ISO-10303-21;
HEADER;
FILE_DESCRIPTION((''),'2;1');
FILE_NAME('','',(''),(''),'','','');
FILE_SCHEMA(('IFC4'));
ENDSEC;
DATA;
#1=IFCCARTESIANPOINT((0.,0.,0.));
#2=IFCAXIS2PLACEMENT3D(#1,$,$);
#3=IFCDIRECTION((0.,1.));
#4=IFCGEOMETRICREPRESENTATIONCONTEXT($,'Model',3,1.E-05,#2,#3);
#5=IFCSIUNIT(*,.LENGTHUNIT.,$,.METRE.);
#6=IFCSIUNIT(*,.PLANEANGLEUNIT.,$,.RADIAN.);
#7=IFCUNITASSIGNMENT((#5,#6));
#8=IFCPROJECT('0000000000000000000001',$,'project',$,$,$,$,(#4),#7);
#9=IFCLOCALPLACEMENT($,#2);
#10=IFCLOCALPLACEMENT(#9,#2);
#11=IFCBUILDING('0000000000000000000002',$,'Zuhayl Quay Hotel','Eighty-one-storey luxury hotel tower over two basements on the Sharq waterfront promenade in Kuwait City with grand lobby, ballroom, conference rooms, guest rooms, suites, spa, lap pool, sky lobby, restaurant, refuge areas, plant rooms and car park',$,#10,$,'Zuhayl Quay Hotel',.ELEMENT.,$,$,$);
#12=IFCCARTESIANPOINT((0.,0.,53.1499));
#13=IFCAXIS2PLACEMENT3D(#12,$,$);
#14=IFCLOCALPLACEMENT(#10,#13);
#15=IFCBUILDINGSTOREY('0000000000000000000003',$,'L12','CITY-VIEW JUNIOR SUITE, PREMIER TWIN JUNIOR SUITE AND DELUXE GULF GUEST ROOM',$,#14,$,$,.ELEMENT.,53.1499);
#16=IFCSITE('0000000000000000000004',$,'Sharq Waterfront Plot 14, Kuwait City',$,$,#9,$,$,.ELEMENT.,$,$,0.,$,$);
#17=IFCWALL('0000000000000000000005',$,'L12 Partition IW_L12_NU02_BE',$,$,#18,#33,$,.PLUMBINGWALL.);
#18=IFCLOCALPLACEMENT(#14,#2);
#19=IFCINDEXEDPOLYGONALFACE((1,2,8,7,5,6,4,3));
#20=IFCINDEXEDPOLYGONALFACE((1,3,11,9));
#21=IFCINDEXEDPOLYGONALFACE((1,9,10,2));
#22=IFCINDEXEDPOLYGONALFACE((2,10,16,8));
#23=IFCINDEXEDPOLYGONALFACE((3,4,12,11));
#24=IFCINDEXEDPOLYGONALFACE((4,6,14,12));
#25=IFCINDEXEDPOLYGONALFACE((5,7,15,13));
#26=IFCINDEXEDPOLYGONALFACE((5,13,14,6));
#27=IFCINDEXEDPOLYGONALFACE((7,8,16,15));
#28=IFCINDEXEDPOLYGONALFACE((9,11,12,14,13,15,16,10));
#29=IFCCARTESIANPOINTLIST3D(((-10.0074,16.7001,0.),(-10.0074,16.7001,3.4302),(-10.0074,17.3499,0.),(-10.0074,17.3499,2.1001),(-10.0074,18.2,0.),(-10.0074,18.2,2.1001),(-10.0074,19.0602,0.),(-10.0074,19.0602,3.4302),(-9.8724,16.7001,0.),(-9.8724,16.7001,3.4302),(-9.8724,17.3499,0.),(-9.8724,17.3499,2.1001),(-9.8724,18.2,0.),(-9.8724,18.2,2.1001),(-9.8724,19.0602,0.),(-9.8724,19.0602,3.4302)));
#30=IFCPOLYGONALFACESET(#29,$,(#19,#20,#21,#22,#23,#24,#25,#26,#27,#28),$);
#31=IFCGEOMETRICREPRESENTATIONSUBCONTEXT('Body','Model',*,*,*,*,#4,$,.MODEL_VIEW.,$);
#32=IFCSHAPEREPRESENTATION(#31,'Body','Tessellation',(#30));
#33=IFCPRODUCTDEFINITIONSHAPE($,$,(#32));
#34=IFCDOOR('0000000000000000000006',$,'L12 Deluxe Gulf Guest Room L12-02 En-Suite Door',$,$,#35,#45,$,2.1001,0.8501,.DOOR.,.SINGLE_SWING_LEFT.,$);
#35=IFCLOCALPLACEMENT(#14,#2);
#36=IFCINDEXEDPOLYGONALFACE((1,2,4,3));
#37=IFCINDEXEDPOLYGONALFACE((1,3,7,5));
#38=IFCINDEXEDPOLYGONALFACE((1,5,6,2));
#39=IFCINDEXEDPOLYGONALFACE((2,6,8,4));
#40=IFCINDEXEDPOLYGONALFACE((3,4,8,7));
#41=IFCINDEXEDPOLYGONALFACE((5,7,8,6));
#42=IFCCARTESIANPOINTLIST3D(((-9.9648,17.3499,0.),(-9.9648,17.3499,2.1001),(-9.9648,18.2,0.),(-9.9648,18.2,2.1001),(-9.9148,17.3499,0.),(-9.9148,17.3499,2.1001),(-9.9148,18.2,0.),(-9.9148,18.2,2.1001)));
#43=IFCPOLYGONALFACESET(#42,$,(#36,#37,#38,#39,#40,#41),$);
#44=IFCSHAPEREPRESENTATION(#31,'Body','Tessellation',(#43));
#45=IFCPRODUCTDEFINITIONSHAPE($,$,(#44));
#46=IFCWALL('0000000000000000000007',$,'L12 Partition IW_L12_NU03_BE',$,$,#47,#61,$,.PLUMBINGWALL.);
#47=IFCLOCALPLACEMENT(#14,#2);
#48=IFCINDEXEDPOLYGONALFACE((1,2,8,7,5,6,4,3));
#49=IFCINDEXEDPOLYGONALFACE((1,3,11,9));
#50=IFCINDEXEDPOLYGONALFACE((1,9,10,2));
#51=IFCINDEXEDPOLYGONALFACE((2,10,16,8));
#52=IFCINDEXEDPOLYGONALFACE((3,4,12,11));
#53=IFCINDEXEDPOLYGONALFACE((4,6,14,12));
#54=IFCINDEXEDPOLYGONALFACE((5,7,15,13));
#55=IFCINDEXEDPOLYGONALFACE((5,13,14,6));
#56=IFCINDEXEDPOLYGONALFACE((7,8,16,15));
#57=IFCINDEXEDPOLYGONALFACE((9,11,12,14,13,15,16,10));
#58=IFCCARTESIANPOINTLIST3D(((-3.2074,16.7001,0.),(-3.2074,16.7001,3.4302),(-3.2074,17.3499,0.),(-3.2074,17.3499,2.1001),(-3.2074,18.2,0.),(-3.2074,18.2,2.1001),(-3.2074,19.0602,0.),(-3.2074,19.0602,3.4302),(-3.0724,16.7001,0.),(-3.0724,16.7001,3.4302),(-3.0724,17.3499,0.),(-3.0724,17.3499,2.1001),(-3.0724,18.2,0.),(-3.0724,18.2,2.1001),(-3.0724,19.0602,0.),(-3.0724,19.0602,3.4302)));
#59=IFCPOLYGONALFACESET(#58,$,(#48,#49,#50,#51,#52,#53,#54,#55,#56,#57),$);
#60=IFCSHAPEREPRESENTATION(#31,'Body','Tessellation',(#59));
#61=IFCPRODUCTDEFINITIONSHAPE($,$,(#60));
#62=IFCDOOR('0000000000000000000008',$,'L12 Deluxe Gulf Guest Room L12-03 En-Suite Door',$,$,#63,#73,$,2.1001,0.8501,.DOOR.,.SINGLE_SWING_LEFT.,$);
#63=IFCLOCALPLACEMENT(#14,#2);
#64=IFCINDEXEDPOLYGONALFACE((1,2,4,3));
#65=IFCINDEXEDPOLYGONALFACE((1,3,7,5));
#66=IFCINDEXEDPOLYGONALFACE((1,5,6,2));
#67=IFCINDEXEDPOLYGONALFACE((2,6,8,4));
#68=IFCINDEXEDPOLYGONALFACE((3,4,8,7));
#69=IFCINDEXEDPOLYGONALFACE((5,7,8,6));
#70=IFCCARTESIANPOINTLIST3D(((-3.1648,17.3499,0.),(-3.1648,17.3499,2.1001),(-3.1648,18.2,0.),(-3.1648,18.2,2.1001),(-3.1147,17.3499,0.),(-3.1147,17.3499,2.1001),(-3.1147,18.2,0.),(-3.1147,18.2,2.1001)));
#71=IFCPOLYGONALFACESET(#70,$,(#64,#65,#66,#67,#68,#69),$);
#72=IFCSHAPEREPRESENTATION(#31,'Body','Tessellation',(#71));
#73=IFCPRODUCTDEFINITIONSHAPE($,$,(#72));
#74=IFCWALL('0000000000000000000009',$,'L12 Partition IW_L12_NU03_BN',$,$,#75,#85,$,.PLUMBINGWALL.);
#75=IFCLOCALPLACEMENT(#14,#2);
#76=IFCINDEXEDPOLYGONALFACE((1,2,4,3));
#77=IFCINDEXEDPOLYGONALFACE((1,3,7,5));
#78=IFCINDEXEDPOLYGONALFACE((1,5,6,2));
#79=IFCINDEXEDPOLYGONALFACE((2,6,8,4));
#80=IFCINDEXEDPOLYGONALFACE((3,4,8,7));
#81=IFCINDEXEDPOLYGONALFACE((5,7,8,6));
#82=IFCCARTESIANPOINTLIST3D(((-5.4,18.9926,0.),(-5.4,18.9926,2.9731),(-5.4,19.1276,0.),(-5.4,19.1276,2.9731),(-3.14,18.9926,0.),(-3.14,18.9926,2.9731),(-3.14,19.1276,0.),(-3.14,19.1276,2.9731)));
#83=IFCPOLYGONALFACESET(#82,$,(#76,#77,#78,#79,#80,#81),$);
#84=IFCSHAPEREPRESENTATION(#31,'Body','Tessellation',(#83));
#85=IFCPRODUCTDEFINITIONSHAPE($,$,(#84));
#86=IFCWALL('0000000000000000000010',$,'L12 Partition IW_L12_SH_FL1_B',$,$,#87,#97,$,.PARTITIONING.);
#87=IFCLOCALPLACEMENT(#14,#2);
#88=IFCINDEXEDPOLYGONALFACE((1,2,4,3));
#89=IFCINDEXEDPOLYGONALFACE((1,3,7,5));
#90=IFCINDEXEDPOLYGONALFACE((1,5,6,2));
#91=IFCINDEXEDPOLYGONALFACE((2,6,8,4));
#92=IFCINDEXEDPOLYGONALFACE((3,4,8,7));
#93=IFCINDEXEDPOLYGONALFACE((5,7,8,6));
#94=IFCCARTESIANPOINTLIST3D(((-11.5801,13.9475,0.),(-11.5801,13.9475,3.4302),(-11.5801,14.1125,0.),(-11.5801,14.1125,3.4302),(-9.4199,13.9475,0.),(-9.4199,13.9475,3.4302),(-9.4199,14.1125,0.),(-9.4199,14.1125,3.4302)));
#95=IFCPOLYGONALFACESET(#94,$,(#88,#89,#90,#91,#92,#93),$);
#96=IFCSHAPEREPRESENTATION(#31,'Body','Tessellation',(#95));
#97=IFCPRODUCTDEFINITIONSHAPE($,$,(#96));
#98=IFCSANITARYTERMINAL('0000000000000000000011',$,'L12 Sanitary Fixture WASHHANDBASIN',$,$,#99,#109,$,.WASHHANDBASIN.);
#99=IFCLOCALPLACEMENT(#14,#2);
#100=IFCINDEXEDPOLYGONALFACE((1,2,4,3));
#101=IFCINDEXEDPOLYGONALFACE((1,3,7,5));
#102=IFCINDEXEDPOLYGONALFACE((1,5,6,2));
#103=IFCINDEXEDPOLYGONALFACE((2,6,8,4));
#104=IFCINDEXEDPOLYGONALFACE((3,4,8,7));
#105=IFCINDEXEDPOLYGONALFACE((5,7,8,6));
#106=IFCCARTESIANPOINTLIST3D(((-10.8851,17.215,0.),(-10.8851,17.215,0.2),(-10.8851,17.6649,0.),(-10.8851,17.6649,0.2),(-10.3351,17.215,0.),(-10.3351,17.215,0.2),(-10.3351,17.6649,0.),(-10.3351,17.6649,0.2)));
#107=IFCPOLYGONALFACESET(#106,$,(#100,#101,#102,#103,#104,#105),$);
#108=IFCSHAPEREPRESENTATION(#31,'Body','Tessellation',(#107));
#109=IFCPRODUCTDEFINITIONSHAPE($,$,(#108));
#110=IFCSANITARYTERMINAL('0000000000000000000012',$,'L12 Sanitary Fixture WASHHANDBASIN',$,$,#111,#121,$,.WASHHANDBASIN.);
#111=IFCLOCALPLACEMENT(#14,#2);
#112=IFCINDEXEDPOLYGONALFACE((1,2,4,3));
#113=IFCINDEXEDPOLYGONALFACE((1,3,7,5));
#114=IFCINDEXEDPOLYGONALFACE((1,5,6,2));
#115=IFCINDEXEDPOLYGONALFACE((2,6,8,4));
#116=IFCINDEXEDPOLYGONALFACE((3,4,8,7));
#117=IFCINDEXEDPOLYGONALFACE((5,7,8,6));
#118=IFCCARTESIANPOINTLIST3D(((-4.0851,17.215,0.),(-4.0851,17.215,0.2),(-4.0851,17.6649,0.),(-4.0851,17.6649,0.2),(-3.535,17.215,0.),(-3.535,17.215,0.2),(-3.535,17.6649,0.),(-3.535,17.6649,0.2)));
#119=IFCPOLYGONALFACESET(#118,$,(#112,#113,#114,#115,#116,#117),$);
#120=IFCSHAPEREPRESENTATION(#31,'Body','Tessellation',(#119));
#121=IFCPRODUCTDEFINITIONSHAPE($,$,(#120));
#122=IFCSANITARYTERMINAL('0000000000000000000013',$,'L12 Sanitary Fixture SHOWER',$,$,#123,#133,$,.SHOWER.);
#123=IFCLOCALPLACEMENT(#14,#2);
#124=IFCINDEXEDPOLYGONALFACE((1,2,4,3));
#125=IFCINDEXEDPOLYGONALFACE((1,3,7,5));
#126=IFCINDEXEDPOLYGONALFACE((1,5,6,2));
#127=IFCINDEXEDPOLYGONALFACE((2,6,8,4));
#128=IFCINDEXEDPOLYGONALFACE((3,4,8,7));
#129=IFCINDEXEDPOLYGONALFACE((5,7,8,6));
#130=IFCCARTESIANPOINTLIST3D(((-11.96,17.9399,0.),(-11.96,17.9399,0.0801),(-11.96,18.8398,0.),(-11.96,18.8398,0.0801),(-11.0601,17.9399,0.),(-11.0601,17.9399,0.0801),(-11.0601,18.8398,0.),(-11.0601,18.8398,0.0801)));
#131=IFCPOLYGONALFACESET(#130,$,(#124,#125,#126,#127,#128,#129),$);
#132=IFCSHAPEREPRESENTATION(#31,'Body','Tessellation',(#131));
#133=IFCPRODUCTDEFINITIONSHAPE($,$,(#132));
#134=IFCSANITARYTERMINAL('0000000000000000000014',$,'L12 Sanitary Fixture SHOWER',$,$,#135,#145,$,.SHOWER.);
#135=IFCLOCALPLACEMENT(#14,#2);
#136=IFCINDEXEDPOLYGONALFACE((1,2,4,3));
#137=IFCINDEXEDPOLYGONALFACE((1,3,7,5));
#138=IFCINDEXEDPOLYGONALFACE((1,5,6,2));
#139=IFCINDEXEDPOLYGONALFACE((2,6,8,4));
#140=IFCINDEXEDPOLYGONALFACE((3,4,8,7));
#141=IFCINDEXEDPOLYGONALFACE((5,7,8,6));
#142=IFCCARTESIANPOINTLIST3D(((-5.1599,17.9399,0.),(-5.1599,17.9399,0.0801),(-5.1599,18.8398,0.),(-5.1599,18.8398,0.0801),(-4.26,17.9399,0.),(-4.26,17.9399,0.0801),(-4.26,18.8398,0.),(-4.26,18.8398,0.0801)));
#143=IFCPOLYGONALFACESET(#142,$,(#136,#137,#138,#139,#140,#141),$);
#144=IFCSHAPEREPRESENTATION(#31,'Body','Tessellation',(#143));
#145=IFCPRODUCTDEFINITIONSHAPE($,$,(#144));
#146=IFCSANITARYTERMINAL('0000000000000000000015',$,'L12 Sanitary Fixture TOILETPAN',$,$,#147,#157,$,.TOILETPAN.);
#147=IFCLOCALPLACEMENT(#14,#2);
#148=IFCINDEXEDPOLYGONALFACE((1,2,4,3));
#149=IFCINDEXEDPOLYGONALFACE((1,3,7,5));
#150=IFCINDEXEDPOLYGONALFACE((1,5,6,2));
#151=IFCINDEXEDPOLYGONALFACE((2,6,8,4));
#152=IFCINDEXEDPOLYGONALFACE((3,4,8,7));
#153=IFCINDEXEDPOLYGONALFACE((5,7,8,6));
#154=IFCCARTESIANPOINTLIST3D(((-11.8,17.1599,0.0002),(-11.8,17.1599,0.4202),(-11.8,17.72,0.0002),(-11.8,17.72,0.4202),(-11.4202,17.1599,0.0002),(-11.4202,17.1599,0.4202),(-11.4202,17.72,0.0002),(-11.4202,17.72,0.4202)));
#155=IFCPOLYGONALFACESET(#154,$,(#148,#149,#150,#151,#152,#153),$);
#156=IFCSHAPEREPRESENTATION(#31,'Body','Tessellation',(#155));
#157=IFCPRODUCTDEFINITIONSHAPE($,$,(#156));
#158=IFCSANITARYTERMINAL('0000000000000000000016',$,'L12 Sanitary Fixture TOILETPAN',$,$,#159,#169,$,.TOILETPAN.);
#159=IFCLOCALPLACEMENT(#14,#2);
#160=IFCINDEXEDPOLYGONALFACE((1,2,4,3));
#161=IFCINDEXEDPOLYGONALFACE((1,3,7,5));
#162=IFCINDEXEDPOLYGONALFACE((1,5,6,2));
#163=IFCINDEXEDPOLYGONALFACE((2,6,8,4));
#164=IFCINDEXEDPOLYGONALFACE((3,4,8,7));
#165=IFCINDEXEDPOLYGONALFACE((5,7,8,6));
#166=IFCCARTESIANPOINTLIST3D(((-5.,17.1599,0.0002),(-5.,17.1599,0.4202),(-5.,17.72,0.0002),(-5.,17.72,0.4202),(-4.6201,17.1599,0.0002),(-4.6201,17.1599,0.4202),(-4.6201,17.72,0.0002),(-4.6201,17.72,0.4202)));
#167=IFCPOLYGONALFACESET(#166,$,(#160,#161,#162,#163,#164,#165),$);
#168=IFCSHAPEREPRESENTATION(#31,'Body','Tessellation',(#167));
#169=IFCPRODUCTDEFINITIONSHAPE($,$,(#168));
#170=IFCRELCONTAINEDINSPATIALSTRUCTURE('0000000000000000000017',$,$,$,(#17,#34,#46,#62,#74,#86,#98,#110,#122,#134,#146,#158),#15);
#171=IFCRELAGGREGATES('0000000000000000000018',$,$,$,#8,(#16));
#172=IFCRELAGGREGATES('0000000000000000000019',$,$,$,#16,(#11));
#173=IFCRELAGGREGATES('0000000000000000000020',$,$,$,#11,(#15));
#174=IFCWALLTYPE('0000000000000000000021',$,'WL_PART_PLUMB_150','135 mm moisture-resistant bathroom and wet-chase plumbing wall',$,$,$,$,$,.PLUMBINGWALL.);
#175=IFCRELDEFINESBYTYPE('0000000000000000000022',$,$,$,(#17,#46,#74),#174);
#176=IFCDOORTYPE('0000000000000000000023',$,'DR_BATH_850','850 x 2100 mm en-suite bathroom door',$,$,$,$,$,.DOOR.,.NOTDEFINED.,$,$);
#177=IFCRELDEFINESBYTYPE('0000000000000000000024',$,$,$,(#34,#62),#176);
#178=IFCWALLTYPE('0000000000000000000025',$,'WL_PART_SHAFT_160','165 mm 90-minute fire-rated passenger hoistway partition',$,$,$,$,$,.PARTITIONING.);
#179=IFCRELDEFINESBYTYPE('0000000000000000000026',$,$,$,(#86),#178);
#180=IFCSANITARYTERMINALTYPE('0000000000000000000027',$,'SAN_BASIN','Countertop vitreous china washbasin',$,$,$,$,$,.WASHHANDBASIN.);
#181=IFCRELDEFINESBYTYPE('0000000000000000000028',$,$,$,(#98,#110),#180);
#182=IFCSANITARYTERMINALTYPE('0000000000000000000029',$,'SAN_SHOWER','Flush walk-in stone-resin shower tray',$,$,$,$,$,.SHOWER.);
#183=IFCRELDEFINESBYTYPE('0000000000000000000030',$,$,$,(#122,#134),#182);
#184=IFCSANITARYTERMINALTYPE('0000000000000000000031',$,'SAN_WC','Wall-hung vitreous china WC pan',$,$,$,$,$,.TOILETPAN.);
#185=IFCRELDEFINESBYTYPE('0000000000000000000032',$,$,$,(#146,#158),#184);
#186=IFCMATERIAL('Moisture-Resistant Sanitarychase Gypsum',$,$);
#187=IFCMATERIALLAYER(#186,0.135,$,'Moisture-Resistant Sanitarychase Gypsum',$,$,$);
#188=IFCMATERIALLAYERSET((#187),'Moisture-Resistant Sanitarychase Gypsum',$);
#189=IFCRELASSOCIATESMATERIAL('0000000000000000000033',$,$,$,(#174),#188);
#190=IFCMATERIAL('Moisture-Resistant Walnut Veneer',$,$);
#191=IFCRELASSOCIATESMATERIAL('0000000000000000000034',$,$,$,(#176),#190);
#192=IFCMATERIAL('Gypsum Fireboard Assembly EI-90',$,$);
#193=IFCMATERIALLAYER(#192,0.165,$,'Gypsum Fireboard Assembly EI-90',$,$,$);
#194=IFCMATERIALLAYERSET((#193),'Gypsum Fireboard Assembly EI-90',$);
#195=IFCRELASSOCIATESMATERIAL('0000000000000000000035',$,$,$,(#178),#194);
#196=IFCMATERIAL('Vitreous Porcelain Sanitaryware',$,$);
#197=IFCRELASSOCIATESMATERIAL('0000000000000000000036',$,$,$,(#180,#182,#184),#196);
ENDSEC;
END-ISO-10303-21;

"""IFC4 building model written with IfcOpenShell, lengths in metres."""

from ifc_helpers import new_model, si_unit, direction, frame, frame_2d, origin, origin_2d, place, context, subcontext, project, spatial, rectangle, extrude, material, layer, layer_set, type_object, element, fill, save


model = new_model("IFC4")

# Units and contexts
model_context = context("Model", 3, precision=1e-05, world=origin(), true_north=direction((0.0, 1.0)))
body_context = subcontext(model_context, "Body", "Model", "MODEL_VIEW")
ifc_project = project(units=[si_unit("LENGTHUNIT", "METRE"), si_unit("PLANEANGLEUNIT", "RADIAN")], contexts=[model_context])

# Site, building, storey
site_placement = place(None, origin())
site = spatial("IfcSite", under=ifc_project, at=site_placement, Name="Sharq Waterfront Plot 14, Kuwait City", CompositionType="ELEMENT", RefElevation=0.0)
building_placement = place(site_placement, origin())
building = spatial("IfcBuilding", under=site, at=building_placement, Name="Zuhayl Quay Hotel", Description="Eighty-one-storey luxury hotel tower over two basements on the Sharq waterfront promenade in Kuwait City with grand lobby, ballroom, conference rooms, guest rooms, suites, spa, lap pool, sky lobby, restaurant, refuge areas, plant rooms and car park", LongName="Zuhayl Quay Hotel", CompositionType="ELEMENT")
storey_placement = place(building_placement, frame((0.0, 0.0, 53.1499)))
storey = spatial("IfcBuildingStorey", under=building, at=storey_placement, Name="L12", Description="CITY-VIEW JUNIOR SUITE, PREMIER TWIN JUNIOR SUITE AND DELUXE GULF GUEST ROOM", CompositionType="ELEMENT", Elevation=53.1499)

# Walls, openings, doors
ifc_material_1 = material(Name="Moisture-Resistant Sanitarychase Gypsum")
ifc_layer_1 = layer(ifc_material_1, 0.135, Name="Moisture-Resistant Sanitarychase Gypsum")
ifc_layer_set_1 = layer_set([ifc_layer_1], Name="Moisture-Resistant Sanitarychase Gypsum")
wall_type_1 = type_object("IfcWallType", Name="WL_PART_PLUMB_150", Description="135 mm moisture-resistant bathroom and wet-chase plumbing wall", PredefinedType="PLUMBINGWALL", material=ifc_layer_set_1)
wall_1_placement = place(storey_placement, frame((-9.9399, 16.7, 0.0), z_axis=(0.0, 0.0, 1.0), x_axis=(0.0, 1.0, 0.0)))
wall_1 = element("IfcWall", 1, at=wall_1_placement, inside=storey, type_object=wall_type_1, Name="L12 Partition IW_L12_NU02_BE", PredefinedType="PLUMBINGWALL", context=body_context, shape_type="SweptSolid", body=[
    extrude(rectangle(XDim=2.3601, YDim=0.135, at=frame_2d((1.1802, 0.0))), origin(), (0.0, 0.0, 1.0), 3.4302),
])
opening_1_placement = place(wall_1_placement, frame((0.6499, 0.0, 0.0)))
opening_1 = element("IfcOpeningElement", 2, at=opening_1_placement, cuts=wall_1, PredefinedType="OPENING", context=body_context, shape_type="SweptSolid", body=[
    extrude(rectangle(XDim=0.8501, YDim=2.1001, at=frame_2d((0.425, 1.05))), frame((0.0, 0.0774, 0.0), z_axis=(0.0, -1.0, 0.0), x_axis=(1.0, 0.0, 0.0)), (0.0, 0.0, 1.0), 0.155),
])
ifc_material_2 = material(Name="Moisture-Resistant Walnut Veneer")
door_type_1 = type_object("IfcDoorType", Name="DR_BATH_850", Description="850 x 2100 mm en-suite bathroom door", OperationType="NOTDEFINED", PredefinedType="DOOR", material=ifc_material_2)
door_1_placement = place(opening_1_placement, origin())
door_1 = element("IfcDoor", 3, at=door_1_placement, inside=storey, type_object=door_type_1, Name="L12 Deluxe Gulf Guest Room L12-02 En-Suite Door", OperationType="SINGLE_SWING_LEFT", OverallHeight=2.1001, OverallWidth=0.8501, PredefinedType="DOOR", context=body_context, shape_type="SweptSolid", body=[
    extrude(rectangle(XDim=0.8501, YDim=2.1001, at=frame_2d((0.425, 1.05))), frame((0.0, 0.0249, 0.0), z_axis=(0.0, -1.0, 0.0), x_axis=(1.0, 0.0, 0.0)), (0.0, 0.0, 1.0), 0.05),
])
fill(opening_1, door_1)
wall_2_placement = place(storey_placement, frame((-3.1399, 16.7, 0.0), z_axis=(0.0, 0.0, 1.0), x_axis=(0.0, 1.0, 0.0)))
wall_2 = element("IfcWall", 4, at=wall_2_placement, inside=storey, type_object=wall_type_1, Name="L12 Partition IW_L12_NU03_BE", PredefinedType="PLUMBINGWALL", context=body_context, shape_type="SweptSolid", body=[
    extrude(rectangle(XDim=2.3601, YDim=0.135, at=frame_2d((1.1802, 0.0))), origin(), (0.0, 0.0, 1.0), 3.4302),
])
opening_2_placement = place(wall_2_placement, frame((0.6499, 0.0, 0.0)))
opening_2 = element("IfcOpeningElement", 5, at=opening_2_placement, cuts=wall_2, PredefinedType="OPENING", context=body_context, shape_type="SweptSolid", body=[
    extrude(rectangle(XDim=0.8501, YDim=2.1001, at=frame_2d((0.425, 1.05))), frame((0.0, 0.0774, 0.0), z_axis=(0.0, -1.0, 0.0), x_axis=(1.0, 0.0, 0.0)), (0.0, 0.0, 1.0), 0.155),
])
door_2_placement = place(opening_2_placement, origin())
door_2 = element("IfcDoor", 6, at=door_2_placement, inside=storey, type_object=door_type_1, Name="L12 Deluxe Gulf Guest Room L12-03 En-Suite Door", OperationType="SINGLE_SWING_LEFT", OverallHeight=2.1001, OverallWidth=0.8501, PredefinedType="DOOR", context=body_context, shape_type="SweptSolid", body=[
    extrude(rectangle(XDim=0.8501, YDim=2.1001, at=frame_2d((0.425, 1.05))), frame((0.0, 0.0249, 0.0), z_axis=(0.0, -1.0, 0.0), x_axis=(1.0, 0.0, 0.0)), (0.0, 0.0, 1.0), 0.05),
])
fill(opening_2, door_2)

# Walls
wall_3_placement = place(storey_placement, frame((-5.3999, 19.0601, 0.0), z_axis=(0.0, 0.0, 1.0), x_axis=(1.0, 0.0, 0.0)))
element("IfcWall", 7, at=wall_3_placement, inside=storey, type_object=wall_type_1, Name="L12 Partition IW_L12_NU03_BN", PredefinedType="PLUMBINGWALL", context=body_context, shape_type="SweptSolid", body=[
    extrude(rectangle(XDim=2.26, YDim=0.135, at=frame_2d((1.1299, 0.0))), origin(), (0.0, 0.0, 1.0), 2.9731),
])
ifc_material_3 = material(Name="Gypsum Fireboard Assembly EI-90")
ifc_layer_2 = layer(ifc_material_3, 0.165, Name="Gypsum Fireboard Assembly EI-90")
ifc_layer_set_2 = layer_set([ifc_layer_2], Name="Gypsum Fireboard Assembly EI-90")
wall_type_2 = type_object("IfcWallType", Name="WL_PART_SHAFT_160", Description="165 mm 90-minute fire-rated passenger hoistway partition", PredefinedType="PARTITIONING", material=ifc_layer_set_2)
wall_4_placement = place(storey_placement, frame((-11.5801, 14.03, 0.0), z_axis=(0.0, 0.0, 1.0), x_axis=(1.0, 0.0, 0.0)))
element("IfcWall", 8, at=wall_4_placement, inside=storey, type_object=wall_type_2, Name="L12 Partition IW_L12_SH_FL1_B", PredefinedType="PARTITIONING", context=body_context, shape_type="SweptSolid", body=[
    extrude(rectangle(XDim=2.1602, YDim=0.165, at=frame_2d((1.0801, 0.0))), origin(), (0.0, 0.0, 1.0), 3.4302),
])

# Sanitary terminals
ifc_material_4 = material(Name="Vitreous Porcelain Sanitaryware")
sanitary_terminal_type_1 = type_object("IfcSanitaryTerminalType", Name="SAN_BASIN", Description="Countertop vitreous china washbasin", PredefinedType="WASHHANDBASIN", material=ifc_material_4)
for number, where, z_axis, x_axis, name in (
    (9, (-10.6101, 17.4399, 0.0), (0.0, 0.0, 1.0), (1.0, 0.0, 0.0), "L12 Sanitary Fixture WASHHANDBASIN"),
    (10, (-3.8101, 17.4399, 0.0), (0.0, 0.0, 1.0), (1.0, 0.0, 0.0), "L12 Sanitary Fixture WASHHANDBASIN"),
):
    element("IfcSanitaryTerminal", number, at=place(storey_placement, frame(where, z_axis=z_axis, x_axis=x_axis)), inside=storey, type_object=sanitary_terminal_type_1, Name=name, PredefinedType="WASHHANDBASIN", context=body_context, shape_type="SweptSolid", body=[
        extrude(rectangle(XDim=0.55, YDim=0.45, at=origin_2d()), origin(), (0.0, 0.0, 1.0), 0.2),
    ])
sanitary_terminal_type_2 = type_object("IfcSanitaryTerminalType", Name="SAN_SHOWER", Description="Flush walk-in stone-resin shower tray", PredefinedType="SHOWER", material=ifc_material_4)
for number, where, z_axis, x_axis, name in (
    (11, (-11.51, 18.3899, 0.0), (0.0, 0.0, 1.0), (1.0, 0.0, 0.0), "L12 Sanitary Fixture SHOWER"),
    (12, (-4.71, 18.3899, 0.0), (0.0, 0.0, 1.0), (1.0, 0.0, 0.0), "L12 Sanitary Fixture SHOWER"),
):
    element("IfcSanitaryTerminal", number, at=place(storey_placement, frame(where, z_axis=z_axis, x_axis=x_axis)), inside=storey, type_object=sanitary_terminal_type_2, Name=name, PredefinedType="SHOWER", context=body_context, shape_type="SweptSolid", body=[
        extrude(rectangle(XDim=0.8999, YDim=0.8999, at=origin_2d()), origin(), (0.0, 0.0, 1.0), 0.0801),
    ])
sanitary_terminal_type_3 = type_object("IfcSanitaryTerminalType", Name="SAN_WC", Description="Wall-hung vitreous china WC pan", PredefinedType="TOILETPAN", material=ifc_material_4)
for number, where, z_axis, x_axis, name in (
    (13, (-11.6101, 17.4399, 0.0002), (0.0, 0.0, 1.0), (1.0, 0.0, 0.0), "L12 Sanitary Fixture TOILETPAN"),
    (14, (-4.8101, 17.4399, 0.0002), (0.0, 0.0, 1.0), (1.0, 0.0, 0.0), "L12 Sanitary Fixture TOILETPAN"),
):
    element("IfcSanitaryTerminal", number, at=place(storey_placement, frame(where, z_axis=z_axis, x_axis=x_axis)), inside=storey, type_object=sanitary_terminal_type_3, Name=name, PredefinedType="TOILETPAN", context=body_context, shape_type="SweptSolid", body=[
        extrude(rectangle(XDim=0.3799, YDim=0.5601, at=origin_2d()), origin(), (0.0, 0.0, 1.0), 0.4199),
    ])

save(model, "model.ifc")
